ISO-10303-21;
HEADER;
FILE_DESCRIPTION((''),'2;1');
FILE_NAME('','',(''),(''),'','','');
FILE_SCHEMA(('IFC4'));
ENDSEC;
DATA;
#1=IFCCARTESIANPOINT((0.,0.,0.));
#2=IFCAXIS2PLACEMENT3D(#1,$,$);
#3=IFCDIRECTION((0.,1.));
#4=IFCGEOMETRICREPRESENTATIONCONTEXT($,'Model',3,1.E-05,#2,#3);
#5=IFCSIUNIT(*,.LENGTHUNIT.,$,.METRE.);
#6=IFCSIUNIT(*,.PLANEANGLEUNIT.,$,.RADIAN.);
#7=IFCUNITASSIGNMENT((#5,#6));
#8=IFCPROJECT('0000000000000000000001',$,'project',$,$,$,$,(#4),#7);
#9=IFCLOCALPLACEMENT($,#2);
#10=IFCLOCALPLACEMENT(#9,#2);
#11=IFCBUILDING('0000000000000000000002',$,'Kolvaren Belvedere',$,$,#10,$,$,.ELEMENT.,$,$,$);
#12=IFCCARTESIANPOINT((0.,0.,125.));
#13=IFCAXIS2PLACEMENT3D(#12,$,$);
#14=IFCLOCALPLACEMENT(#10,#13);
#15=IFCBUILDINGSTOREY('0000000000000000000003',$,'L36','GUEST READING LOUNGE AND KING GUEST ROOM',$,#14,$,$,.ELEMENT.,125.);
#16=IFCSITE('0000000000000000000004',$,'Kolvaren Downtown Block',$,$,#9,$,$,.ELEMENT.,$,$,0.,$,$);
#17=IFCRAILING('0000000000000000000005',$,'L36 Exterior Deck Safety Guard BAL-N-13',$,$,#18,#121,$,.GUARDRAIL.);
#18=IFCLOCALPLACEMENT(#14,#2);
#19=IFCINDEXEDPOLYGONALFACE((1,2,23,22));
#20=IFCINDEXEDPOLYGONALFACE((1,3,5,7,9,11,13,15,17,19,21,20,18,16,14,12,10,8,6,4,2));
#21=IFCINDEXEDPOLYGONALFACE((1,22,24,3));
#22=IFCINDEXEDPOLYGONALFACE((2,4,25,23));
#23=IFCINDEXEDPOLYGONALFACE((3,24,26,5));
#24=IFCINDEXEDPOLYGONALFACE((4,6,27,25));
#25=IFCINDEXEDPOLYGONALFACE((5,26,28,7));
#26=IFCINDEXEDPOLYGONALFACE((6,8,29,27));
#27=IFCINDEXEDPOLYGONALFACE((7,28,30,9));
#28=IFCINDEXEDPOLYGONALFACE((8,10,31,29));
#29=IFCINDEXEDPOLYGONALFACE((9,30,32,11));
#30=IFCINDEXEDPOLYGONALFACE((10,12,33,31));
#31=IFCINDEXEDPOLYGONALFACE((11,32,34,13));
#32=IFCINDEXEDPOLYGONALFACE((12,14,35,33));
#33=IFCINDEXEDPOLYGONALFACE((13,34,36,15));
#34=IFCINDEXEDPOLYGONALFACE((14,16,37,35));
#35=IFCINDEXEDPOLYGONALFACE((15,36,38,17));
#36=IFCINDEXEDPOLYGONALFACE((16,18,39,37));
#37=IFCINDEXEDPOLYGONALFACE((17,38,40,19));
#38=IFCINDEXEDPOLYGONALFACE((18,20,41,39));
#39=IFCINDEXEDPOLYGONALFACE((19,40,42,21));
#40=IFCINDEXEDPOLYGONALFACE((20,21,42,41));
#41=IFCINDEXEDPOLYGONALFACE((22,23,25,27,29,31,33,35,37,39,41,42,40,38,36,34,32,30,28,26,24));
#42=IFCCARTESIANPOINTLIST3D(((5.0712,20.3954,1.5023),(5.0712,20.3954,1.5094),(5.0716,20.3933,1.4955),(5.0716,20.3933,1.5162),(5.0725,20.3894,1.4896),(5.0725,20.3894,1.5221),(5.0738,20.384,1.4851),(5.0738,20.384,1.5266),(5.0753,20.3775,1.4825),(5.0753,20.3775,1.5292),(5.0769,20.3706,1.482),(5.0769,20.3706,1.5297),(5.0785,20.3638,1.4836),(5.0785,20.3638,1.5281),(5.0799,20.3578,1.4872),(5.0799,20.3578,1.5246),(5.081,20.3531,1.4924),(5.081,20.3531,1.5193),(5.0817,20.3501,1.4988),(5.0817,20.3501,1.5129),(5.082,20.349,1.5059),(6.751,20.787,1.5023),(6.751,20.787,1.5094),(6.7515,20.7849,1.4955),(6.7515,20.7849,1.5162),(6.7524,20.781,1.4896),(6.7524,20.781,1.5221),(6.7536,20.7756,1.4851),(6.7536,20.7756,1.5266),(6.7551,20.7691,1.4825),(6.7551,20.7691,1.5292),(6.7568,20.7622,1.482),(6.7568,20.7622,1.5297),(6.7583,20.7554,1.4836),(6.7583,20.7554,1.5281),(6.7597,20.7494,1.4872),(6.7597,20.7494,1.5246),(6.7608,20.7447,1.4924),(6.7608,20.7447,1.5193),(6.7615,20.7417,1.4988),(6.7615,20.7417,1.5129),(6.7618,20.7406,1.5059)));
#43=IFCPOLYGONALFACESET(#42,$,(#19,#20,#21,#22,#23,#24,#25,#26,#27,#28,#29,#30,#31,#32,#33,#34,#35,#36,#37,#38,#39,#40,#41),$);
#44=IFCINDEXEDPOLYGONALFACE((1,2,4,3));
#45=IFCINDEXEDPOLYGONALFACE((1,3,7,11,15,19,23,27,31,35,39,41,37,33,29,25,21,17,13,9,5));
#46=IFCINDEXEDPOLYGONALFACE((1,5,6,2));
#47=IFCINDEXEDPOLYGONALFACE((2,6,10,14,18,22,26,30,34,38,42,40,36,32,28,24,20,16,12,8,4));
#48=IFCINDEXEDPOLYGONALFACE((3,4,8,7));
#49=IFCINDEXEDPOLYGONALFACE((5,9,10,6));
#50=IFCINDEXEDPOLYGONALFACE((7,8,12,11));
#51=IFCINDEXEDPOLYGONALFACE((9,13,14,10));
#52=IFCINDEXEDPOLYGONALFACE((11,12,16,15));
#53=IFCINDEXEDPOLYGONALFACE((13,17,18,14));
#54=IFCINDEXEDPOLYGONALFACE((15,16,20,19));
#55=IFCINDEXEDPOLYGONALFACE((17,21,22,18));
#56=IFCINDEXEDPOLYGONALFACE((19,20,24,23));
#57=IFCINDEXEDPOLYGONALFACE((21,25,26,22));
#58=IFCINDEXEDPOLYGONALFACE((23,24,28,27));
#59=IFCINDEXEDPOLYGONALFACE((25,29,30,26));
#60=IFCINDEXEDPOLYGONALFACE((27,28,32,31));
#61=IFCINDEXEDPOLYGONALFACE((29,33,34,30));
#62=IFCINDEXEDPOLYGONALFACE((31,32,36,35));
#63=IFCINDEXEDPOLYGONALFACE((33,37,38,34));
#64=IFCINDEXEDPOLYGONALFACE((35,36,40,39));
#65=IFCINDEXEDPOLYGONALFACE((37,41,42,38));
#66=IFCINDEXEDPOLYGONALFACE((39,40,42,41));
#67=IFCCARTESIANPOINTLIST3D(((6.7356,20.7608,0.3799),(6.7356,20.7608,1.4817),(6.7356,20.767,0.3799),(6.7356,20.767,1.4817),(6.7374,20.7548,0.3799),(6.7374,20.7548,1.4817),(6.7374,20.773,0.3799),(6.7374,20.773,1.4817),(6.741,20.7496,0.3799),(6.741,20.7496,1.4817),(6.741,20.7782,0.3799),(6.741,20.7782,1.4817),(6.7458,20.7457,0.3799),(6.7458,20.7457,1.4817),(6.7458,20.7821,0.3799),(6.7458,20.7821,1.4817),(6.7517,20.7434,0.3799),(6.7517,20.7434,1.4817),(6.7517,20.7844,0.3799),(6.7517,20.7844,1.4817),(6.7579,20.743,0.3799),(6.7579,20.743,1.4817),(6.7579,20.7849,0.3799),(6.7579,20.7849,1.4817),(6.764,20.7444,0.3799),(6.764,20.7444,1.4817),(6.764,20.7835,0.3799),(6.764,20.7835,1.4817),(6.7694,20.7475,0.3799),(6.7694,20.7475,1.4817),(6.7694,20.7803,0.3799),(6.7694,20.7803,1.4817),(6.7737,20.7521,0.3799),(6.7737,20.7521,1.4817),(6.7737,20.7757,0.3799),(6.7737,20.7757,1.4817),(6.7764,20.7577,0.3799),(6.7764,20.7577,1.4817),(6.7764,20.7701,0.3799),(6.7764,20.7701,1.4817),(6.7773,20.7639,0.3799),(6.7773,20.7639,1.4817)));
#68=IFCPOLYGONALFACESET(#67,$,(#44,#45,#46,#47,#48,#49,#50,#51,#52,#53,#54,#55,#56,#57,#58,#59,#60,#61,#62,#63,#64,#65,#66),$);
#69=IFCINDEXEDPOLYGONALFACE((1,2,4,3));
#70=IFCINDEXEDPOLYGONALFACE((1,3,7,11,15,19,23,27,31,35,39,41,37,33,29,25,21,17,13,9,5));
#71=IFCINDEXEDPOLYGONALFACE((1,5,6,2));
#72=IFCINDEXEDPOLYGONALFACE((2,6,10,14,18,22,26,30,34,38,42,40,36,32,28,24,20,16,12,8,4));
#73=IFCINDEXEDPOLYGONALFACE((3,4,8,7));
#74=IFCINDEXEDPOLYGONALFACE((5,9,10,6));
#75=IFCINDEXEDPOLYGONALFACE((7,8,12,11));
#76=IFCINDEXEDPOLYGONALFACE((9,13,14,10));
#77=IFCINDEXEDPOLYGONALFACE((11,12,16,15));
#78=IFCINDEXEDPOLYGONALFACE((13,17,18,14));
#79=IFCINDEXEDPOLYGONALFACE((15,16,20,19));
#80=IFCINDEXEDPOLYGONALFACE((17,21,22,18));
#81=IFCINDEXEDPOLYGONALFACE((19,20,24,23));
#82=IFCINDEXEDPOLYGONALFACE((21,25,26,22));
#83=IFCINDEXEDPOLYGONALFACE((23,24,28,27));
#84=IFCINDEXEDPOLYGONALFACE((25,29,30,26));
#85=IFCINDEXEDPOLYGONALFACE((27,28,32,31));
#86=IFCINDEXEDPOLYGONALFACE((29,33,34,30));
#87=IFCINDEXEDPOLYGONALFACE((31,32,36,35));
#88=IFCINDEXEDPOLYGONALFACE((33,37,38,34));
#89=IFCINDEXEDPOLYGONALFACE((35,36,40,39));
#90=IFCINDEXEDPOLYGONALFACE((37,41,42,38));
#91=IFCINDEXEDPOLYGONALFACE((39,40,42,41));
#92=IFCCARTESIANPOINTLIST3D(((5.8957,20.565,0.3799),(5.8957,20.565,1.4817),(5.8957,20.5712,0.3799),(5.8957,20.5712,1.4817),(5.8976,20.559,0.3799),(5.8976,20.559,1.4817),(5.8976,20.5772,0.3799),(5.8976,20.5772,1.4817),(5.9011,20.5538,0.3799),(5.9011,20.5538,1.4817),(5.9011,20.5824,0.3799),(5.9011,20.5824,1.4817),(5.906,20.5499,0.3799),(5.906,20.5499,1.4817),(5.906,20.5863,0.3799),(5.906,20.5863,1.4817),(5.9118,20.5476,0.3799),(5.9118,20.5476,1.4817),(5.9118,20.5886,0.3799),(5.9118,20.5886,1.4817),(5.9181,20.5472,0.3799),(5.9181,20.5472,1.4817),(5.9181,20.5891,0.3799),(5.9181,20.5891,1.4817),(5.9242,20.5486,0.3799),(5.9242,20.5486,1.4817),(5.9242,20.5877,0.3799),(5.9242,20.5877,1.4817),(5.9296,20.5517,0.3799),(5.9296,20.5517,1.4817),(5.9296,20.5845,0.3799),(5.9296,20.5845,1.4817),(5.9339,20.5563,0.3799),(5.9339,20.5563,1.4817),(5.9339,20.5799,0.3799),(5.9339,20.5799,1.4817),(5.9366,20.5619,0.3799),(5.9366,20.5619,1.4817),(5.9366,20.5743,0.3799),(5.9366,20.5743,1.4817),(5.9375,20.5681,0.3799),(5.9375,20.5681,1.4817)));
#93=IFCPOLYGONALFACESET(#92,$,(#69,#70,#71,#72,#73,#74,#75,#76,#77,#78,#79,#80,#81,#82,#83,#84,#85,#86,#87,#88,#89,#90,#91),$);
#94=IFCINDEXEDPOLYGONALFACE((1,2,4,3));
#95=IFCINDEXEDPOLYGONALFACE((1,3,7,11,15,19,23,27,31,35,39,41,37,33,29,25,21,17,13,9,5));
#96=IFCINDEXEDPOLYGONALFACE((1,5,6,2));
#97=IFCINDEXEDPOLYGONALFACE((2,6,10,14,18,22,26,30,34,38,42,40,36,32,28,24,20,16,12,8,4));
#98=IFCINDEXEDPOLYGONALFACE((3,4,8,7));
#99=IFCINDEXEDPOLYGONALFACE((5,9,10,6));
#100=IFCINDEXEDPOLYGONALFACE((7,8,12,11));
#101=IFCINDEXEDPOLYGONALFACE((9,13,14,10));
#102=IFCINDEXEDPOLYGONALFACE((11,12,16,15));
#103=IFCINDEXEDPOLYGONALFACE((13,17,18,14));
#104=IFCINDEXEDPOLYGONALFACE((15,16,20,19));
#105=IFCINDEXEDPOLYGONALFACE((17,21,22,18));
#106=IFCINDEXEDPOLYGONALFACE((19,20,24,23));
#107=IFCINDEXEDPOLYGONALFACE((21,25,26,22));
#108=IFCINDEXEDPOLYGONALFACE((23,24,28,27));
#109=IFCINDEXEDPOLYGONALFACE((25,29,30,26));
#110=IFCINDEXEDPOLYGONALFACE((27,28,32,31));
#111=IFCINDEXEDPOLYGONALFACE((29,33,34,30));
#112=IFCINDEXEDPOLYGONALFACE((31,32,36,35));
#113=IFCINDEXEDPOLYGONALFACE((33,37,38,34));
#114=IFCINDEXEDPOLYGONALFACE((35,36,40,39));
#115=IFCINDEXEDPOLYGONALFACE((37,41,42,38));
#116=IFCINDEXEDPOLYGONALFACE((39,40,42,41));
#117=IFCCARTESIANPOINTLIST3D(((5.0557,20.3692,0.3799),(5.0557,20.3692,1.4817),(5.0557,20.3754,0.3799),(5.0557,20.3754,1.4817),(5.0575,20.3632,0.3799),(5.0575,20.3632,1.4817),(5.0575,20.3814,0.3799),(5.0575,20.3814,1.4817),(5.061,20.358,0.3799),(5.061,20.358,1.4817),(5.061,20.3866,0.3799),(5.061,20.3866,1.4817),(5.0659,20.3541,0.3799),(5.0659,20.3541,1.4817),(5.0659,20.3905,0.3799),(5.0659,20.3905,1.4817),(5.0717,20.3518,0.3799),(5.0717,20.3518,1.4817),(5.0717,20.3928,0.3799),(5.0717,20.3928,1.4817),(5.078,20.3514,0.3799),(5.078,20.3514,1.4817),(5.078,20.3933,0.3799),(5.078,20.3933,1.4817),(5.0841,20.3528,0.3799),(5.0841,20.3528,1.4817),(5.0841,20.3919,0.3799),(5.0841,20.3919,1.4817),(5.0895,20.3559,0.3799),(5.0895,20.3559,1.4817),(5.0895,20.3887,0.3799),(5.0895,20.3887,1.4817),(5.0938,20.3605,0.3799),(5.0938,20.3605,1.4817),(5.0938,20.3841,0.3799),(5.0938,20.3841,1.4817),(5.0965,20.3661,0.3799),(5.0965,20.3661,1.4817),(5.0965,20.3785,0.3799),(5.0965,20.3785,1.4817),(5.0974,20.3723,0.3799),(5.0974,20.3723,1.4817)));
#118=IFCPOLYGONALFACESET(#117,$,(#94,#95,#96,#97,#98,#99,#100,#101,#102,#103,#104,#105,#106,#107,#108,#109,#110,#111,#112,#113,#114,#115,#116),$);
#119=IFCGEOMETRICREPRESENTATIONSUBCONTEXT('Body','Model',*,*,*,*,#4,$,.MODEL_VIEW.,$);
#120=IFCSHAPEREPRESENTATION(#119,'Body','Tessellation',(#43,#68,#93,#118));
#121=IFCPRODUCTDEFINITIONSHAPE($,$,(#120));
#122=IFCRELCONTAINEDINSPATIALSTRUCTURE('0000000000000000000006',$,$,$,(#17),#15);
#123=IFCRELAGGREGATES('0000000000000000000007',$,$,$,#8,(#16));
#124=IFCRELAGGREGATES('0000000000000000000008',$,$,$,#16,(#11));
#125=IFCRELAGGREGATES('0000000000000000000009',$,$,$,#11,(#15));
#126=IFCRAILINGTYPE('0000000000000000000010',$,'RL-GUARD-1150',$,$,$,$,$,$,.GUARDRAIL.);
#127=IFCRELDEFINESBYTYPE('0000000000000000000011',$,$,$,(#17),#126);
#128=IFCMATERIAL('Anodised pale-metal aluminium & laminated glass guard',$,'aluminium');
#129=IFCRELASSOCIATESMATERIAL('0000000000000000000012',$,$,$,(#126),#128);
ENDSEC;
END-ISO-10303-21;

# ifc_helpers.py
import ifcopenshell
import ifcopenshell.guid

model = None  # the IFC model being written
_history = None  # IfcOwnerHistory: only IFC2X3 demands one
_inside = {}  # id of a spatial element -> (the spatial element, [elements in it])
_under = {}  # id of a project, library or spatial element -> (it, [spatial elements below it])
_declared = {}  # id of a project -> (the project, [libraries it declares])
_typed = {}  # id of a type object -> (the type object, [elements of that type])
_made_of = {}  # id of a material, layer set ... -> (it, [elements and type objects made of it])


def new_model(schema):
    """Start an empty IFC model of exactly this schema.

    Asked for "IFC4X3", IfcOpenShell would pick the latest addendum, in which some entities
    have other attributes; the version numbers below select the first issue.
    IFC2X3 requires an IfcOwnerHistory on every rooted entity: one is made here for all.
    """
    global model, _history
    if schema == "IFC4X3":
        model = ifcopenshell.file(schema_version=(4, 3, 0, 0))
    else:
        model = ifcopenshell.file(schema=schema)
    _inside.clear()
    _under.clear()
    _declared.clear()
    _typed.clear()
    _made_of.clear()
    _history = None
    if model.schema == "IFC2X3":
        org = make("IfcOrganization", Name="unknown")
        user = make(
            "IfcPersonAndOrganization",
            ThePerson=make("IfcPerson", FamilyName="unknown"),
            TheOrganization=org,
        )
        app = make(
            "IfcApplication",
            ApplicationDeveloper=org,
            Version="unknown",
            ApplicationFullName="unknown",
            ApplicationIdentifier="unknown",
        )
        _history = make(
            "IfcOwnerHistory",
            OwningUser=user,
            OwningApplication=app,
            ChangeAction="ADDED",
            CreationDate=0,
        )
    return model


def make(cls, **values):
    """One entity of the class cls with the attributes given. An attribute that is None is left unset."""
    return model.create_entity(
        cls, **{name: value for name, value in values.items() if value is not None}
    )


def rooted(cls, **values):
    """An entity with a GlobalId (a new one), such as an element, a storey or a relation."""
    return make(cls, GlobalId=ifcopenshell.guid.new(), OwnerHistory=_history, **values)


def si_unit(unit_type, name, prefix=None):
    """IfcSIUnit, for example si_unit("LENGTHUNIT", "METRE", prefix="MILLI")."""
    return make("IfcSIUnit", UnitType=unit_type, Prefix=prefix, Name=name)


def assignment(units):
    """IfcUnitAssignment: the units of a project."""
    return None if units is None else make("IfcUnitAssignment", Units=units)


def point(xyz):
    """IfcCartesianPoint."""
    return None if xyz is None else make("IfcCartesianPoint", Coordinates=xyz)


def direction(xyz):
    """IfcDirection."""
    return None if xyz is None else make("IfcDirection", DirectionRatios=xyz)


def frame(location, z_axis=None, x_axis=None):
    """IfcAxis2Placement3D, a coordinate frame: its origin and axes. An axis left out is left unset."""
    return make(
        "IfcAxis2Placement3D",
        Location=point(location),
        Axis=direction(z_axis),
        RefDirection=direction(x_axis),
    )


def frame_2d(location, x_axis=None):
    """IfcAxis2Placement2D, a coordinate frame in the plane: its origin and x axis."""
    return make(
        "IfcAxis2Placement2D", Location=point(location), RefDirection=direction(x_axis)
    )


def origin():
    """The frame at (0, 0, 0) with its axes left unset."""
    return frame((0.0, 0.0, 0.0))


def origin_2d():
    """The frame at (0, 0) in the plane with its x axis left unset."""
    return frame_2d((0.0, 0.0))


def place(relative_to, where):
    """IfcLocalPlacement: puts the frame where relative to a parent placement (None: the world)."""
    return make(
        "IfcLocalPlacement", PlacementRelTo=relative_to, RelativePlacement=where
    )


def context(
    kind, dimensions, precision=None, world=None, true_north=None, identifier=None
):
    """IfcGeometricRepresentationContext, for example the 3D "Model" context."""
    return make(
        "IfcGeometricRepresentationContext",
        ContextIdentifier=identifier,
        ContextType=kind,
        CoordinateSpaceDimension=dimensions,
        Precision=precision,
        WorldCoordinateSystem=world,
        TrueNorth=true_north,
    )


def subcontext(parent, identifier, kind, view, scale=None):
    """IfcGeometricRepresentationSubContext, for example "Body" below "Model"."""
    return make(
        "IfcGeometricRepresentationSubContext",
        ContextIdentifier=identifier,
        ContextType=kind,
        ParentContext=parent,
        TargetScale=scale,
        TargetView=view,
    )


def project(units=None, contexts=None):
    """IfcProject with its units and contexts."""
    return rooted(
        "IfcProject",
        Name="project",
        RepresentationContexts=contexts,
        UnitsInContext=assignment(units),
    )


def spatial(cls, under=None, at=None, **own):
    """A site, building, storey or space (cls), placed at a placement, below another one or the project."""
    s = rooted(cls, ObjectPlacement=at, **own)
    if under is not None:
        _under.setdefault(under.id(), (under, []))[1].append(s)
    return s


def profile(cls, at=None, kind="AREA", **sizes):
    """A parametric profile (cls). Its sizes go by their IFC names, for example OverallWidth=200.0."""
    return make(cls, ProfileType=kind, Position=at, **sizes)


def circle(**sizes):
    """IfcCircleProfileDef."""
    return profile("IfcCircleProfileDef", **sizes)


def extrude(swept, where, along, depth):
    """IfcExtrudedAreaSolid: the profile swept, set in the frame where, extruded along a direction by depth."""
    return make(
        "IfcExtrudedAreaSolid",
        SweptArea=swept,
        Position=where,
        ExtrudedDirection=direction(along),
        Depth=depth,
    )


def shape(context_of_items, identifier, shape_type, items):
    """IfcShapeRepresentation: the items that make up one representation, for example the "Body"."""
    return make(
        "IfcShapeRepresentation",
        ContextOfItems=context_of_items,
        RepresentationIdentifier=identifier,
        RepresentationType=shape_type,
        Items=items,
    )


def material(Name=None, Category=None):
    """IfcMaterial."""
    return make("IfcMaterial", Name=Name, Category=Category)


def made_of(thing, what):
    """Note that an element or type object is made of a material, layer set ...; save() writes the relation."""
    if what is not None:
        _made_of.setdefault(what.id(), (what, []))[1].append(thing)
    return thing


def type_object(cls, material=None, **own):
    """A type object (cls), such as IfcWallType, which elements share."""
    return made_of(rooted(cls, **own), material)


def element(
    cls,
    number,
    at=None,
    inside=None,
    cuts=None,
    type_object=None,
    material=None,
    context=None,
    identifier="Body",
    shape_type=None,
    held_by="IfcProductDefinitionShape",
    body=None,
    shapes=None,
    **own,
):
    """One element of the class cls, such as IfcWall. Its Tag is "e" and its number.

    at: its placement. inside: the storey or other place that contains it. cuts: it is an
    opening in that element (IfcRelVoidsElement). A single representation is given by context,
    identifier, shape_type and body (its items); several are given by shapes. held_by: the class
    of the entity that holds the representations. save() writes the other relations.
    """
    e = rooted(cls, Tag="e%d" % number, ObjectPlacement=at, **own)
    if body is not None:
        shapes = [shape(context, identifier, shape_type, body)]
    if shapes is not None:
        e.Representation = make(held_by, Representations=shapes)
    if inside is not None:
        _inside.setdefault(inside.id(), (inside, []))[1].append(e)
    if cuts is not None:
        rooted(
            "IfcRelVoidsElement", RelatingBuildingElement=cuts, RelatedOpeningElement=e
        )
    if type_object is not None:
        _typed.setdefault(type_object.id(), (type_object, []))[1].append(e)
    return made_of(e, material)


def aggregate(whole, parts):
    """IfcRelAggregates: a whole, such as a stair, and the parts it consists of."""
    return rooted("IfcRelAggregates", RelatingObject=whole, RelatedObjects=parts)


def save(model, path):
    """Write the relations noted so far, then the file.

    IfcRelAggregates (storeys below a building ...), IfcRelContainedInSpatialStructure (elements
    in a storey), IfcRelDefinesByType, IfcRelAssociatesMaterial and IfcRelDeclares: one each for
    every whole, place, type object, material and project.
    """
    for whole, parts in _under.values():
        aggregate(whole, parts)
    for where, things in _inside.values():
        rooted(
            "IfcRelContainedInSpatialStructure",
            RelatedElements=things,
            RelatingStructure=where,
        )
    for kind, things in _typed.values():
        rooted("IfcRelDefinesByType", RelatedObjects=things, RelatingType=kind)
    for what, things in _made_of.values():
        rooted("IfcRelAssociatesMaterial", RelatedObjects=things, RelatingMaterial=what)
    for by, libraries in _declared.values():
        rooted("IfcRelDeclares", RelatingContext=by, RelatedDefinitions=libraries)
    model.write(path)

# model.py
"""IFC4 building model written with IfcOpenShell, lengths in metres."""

from ifc_helpers import new_model, si_unit, direction, frame, origin, origin_2d, place, context, subcontext, project, spatial, circle, extrude, material, type_object, element, save


model = new_model("IFC4")

# Units and contexts
model_context = context("Model", 3, precision=1e-05, world=origin(), true_north=direction((0.0, 1.0)))
body_context = subcontext(model_context, "Body", "Model", "MODEL_VIEW")
ifc_project = project(units=[si_unit("LENGTHUNIT", "METRE"), si_unit("PLANEANGLEUNIT", "RADIAN")], contexts=[model_context])

# Site, building, storey
site_placement = place(None, origin())
site = spatial("IfcSite", under=ifc_project, at=site_placement, Name="Kolvaren Downtown Block", CompositionType="ELEMENT", RefElevation=0.0)
building_placement = place(site_placement, origin())
building = spatial("IfcBuilding", under=site, at=building_placement, Name="Kolvaren Belvedere", CompositionType="ELEMENT")
storey_placement = place(building_placement, frame((0.0, 0.0, 125.0)))
storey = spatial("IfcBuildingStorey", under=building, at=storey_placement, Name="L36", Description="GUEST READING LOUNGE AND KING GUEST ROOM", CompositionType="ELEMENT", Elevation=125.0)

# Railing
ifc_material_1 = material(Name="Anodised pale-metal aluminium & laminated glass guard", Category="aluminium")
railing_type = type_object("IfcRailingType", Name="RL-GUARD-1150", PredefinedType="GUARDRAIL", material=ifc_material_1)
railing_1_placement = place(storey_placement, frame((6.7563, 20.7639, 0.3799)))
element("IfcRailing", 1, at=railing_1_placement, inside=storey, type_object=railing_type, Name="L36 Exterior Deck Safety Guard BAL-N-13", PredefinedType="GUARDRAIL", context=body_context, shape_type="SweptSolid", body=[
    extrude(circle(Radius=0.0239, at=origin_2d()), frame((0.0, 0.0, 1.126), z_axis=(-0.97389, -0.227019, 0.0), x_axis=(0.227019, -0.97389, 0.0)), (0.0, 0.0, 1.0), 1.7249),
    extrude(circle(Radius=0.021, at=origin_2d()), origin(), (0.0, 0.0, 1.0), 1.1018),
    extrude(circle(Radius=0.021, at=origin_2d()), frame((-0.8398, -0.1958, 0.0)), (0.0, 0.0, 1.0), 1.1018),
    extrude(circle(Radius=0.021, at=origin_2d()), frame((-1.6799, -0.3916, 0.0)), (0.0, 0.0, 1.0), 1.1018),
])

save(model, "model.ifc")
